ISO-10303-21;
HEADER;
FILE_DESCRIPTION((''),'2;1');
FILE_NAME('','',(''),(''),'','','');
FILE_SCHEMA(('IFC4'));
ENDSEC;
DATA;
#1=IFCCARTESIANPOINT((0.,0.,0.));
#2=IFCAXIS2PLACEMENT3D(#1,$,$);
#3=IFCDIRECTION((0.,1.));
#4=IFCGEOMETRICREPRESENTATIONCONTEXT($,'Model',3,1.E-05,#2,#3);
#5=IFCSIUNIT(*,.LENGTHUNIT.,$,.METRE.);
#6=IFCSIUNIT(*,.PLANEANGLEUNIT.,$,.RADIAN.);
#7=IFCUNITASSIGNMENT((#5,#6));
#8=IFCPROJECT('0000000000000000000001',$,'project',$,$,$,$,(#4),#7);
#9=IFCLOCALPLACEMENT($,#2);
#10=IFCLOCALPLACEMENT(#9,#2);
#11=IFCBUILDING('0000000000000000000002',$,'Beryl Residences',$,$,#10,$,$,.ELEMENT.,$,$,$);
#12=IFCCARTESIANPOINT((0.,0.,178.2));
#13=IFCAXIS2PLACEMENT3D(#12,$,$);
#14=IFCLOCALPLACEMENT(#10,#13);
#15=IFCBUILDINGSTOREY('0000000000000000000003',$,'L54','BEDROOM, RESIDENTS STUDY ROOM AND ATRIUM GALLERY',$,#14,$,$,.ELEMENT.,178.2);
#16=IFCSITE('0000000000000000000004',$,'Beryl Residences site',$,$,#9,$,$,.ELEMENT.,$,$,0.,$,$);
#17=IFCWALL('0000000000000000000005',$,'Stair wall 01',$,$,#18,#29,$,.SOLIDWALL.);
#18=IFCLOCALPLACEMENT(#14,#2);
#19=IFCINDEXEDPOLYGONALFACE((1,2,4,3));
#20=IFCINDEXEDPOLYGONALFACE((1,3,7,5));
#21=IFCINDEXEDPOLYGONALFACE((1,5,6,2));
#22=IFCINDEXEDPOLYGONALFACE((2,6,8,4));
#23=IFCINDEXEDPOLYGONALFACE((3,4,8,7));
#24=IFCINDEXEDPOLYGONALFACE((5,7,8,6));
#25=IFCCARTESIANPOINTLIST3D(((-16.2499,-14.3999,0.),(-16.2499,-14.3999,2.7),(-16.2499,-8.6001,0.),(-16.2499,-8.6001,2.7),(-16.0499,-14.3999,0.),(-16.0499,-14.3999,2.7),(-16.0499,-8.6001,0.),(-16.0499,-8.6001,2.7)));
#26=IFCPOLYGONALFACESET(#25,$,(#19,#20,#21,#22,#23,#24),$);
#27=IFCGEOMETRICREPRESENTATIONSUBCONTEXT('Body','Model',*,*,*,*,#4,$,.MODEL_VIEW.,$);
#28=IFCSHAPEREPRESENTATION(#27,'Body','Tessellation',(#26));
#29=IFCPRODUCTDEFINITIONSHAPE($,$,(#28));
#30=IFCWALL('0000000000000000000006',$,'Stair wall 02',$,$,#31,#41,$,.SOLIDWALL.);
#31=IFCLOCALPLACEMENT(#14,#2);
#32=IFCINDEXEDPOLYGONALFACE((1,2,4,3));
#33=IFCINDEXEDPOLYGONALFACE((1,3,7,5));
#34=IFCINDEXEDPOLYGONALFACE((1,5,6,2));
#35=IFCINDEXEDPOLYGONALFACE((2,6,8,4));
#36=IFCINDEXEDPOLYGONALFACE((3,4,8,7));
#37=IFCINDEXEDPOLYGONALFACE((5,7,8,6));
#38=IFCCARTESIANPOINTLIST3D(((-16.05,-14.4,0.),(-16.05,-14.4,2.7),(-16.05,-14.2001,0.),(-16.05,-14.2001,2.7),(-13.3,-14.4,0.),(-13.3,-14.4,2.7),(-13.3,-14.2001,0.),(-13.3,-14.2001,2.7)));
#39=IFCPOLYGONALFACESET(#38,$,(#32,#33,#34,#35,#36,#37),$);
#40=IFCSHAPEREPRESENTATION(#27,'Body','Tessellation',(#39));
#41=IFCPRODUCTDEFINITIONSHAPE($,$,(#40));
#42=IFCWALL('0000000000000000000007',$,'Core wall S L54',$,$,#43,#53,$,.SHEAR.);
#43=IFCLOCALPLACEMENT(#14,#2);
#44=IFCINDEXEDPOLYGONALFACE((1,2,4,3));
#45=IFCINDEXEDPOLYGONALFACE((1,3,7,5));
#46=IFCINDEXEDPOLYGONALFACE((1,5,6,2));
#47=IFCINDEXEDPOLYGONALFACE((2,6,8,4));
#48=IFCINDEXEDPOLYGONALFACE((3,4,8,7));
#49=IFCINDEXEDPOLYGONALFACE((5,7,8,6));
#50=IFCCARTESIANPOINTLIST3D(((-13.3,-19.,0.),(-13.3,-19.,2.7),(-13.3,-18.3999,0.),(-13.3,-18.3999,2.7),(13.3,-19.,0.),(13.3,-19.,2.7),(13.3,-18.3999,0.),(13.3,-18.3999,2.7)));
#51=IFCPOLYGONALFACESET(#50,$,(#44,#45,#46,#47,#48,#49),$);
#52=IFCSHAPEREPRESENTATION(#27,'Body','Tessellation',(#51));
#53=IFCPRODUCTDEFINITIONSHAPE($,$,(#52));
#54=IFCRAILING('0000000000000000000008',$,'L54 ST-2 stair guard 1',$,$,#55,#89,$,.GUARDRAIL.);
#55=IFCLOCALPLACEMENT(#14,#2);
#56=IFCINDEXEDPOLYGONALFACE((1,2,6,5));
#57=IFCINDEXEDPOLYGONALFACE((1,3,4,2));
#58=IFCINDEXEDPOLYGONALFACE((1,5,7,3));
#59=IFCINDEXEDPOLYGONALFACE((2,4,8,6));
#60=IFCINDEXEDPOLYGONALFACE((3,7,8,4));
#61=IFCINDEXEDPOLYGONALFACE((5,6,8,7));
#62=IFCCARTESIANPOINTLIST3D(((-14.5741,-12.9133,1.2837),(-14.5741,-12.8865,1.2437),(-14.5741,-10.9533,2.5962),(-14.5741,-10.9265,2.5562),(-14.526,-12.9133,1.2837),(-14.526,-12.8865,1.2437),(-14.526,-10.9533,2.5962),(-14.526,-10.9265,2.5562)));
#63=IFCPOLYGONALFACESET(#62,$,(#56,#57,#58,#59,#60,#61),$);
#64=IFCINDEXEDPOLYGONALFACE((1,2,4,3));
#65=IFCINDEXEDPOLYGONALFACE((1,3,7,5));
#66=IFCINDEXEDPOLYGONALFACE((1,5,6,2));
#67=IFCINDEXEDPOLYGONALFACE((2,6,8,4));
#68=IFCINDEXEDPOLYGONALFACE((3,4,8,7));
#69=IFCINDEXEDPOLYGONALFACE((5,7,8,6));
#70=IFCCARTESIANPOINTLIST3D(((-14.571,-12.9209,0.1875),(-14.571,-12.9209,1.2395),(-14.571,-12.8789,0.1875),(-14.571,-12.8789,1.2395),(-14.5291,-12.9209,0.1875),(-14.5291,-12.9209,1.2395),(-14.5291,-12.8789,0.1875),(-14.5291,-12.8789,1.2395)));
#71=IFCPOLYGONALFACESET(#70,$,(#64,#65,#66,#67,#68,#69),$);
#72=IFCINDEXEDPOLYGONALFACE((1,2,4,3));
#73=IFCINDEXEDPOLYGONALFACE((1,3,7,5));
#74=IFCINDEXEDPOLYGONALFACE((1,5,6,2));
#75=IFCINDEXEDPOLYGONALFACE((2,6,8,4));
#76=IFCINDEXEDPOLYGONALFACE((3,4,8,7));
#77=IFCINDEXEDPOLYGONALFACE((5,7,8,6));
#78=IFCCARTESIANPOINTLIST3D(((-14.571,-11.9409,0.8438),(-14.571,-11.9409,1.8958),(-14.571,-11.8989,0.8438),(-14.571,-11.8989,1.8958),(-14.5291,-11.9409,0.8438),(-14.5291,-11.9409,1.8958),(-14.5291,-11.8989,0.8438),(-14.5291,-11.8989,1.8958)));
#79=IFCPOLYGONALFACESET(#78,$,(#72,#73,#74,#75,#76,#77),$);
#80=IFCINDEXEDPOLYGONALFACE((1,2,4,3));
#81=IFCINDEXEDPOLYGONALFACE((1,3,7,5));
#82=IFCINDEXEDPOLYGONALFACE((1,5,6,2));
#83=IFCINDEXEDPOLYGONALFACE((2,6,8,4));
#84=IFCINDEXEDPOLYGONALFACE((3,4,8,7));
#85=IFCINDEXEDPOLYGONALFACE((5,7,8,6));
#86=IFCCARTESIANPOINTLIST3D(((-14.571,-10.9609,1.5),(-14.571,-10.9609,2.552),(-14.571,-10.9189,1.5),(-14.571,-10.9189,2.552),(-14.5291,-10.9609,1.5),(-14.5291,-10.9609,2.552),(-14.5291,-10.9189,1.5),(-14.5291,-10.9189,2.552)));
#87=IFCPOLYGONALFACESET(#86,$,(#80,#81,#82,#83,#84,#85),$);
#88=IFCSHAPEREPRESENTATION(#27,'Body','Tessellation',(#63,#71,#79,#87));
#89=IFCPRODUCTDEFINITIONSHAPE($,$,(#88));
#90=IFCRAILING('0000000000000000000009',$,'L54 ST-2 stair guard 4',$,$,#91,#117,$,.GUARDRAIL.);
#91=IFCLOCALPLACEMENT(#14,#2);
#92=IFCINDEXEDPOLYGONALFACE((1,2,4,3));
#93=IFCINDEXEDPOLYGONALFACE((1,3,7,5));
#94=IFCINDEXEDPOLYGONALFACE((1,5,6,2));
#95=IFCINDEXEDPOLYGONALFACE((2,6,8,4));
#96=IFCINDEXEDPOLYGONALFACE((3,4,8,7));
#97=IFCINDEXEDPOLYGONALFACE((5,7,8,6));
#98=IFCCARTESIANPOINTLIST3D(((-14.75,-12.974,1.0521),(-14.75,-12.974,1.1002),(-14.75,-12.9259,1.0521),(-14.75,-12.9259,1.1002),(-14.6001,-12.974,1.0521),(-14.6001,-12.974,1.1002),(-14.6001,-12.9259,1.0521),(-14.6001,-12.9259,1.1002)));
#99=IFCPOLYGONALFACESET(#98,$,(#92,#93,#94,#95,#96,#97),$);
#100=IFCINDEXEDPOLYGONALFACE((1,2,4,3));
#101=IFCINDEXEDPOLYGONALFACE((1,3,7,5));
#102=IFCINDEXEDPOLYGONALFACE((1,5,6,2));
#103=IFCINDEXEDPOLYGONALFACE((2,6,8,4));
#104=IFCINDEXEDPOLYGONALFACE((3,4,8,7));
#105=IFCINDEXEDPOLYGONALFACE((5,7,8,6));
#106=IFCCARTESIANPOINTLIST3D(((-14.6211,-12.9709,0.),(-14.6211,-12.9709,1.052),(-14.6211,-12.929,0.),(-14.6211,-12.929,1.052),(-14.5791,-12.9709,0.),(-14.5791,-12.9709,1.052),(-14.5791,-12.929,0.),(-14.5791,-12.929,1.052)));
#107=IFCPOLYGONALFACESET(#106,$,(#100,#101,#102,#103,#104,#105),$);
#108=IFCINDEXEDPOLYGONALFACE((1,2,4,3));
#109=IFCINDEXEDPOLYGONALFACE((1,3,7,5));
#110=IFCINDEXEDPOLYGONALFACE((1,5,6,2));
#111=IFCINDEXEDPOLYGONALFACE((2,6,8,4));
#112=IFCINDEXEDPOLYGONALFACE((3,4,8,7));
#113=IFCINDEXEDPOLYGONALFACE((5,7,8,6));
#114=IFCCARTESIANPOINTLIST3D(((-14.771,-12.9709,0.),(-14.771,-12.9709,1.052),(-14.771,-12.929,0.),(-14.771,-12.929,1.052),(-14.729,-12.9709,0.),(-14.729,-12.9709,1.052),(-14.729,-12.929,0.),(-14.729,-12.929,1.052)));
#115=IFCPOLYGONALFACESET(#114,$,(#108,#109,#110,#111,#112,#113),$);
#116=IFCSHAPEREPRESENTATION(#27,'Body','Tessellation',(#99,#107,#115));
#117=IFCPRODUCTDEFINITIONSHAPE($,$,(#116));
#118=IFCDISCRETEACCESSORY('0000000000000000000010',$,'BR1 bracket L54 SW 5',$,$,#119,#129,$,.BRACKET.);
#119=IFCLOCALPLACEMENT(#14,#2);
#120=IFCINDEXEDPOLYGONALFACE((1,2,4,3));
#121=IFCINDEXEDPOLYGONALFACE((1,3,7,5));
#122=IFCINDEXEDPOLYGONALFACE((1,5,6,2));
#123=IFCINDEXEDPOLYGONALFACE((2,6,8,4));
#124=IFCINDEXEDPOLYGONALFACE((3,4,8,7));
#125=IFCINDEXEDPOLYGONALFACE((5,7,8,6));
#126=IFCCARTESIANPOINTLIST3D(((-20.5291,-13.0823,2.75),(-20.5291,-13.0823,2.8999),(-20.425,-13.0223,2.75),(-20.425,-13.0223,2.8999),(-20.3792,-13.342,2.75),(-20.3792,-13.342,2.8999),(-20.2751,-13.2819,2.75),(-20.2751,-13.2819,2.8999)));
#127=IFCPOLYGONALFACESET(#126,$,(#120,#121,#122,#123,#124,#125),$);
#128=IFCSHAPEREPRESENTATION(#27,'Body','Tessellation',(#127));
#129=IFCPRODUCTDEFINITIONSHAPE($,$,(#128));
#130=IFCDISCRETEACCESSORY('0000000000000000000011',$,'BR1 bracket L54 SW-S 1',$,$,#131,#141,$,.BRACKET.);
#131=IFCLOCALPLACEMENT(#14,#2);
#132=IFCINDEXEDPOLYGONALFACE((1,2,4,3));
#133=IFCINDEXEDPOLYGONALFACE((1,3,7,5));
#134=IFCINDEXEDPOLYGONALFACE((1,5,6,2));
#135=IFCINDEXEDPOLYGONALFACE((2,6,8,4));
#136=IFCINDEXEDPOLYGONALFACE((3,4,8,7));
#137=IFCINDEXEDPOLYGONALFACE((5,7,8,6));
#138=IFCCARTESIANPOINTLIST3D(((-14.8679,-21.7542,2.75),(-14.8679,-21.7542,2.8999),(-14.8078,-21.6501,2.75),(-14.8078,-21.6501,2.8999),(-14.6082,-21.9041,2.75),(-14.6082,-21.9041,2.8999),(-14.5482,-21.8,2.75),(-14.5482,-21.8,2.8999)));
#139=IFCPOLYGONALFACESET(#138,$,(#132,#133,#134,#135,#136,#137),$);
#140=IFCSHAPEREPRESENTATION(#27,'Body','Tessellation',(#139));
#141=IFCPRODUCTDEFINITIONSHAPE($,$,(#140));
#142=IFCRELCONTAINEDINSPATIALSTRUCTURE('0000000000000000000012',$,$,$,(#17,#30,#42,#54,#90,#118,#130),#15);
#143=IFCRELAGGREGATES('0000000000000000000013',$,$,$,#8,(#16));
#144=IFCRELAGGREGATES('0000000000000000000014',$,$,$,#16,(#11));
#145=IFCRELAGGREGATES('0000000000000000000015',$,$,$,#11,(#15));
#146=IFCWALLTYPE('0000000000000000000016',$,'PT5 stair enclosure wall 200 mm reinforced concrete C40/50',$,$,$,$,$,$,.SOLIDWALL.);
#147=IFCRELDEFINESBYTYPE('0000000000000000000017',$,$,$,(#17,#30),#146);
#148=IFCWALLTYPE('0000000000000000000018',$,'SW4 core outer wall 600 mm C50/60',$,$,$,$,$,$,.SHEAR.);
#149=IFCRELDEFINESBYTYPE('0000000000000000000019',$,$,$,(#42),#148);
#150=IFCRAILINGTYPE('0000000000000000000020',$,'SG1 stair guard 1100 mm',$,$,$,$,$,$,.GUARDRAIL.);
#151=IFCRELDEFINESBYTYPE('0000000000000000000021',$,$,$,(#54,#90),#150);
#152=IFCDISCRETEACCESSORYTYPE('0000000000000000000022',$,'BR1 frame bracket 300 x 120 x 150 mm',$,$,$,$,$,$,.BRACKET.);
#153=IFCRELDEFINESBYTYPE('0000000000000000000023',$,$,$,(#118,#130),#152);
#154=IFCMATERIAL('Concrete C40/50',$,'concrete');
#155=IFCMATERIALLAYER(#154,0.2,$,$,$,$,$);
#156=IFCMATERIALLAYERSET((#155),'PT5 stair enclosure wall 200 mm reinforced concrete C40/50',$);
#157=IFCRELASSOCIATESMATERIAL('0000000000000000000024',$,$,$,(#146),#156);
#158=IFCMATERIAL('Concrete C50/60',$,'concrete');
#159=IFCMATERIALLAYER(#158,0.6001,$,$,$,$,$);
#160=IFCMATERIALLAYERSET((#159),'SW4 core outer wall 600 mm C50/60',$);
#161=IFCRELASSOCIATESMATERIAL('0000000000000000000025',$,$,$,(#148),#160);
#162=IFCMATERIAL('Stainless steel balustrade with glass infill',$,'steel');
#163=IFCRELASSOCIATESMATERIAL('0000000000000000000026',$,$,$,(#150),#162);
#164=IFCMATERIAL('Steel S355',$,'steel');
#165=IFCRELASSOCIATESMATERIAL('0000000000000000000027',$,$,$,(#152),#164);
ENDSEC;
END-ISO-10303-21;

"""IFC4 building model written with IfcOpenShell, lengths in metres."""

from ifc_helpers import new_model, si_unit, direction, frame, frame_2d, origin, origin_2d, place, context, subcontext, project, spatial, polyline, rectangle, outline, extrude, source, transform, mapped, material, layer, layer_set, type_object, type_shapes, element, save


model = new_model("IFC4")

# Units and contexts
model_context = context("Model", 3, precision=1e-05, world=origin(), true_north=direction((0.0, 1.0)))
body_context = subcontext(model_context, "Body", "Model", "MODEL_VIEW")
ifc_project = project(units=[si_unit("LENGTHUNIT", "METRE"), si_unit("PLANEANGLEUNIT", "RADIAN")], contexts=[model_context])

# Site, building, storey
site_placement = place(None, origin())
site = spatial("IfcSite", under=ifc_project, at=site_placement, Name="Beryl Residences site", CompositionType="ELEMENT", RefElevation=0.0)
building_placement = place(site_placement, origin())
building = spatial("IfcBuilding", under=site, at=building_placement, Name="Beryl Residences", CompositionType="ELEMENT")
storey_placement = place(building_placement, frame((0.0, 0.0, 178.2)))
storey = spatial("IfcBuildingStorey", under=building, at=storey_placement, Name="L54", Description="BEDROOM, RESIDENTS STUDY ROOM AND ATRIUM GALLERY", CompositionType="ELEMENT", Elevation=178.2)

# Walls
ifc_material_1 = material(Name="Concrete C40/50", Category="concrete")
ifc_layer_1 = layer(ifc_material_1, 0.2)
ifc_layer_set_1 = layer_set([ifc_layer_1], Name="PT5 stair enclosure wall 200 mm reinforced concrete C40/50")
wall_type_1 = type_object("IfcWallType", Name="PT5 stair enclosure wall 200 mm reinforced concrete C40/50", PredefinedType="SOLIDWALL", material=ifc_layer_set_1)
wall_1_placement = place(storey_placement, frame((-16.1499, -14.3999, 0.0), z_axis=(0.0, 0.0, 1.0), x_axis=(0.0, 1.0, 0.0)))
element("IfcWall", 1, at=wall_1_placement, inside=storey, type_object=wall_type_1, Name="Stair wall 01", PredefinedType="SOLIDWALL", context=body_context, shape_type="SweptSolid", body=[
    extrude(rectangle(XDim=5.7998, YDim=0.2, at=frame_2d((2.8999, 0.0))), origin(), (0.0, 0.0, 1.0), 2.7),
])
wall_2_placement = place(storey_placement, frame((-16.05, -14.3, 0.0), z_axis=(0.0, 0.0, 1.0), x_axis=(1.0, 0.0, 0.0)))
element("IfcWall", 2, at=wall_2_placement, inside=storey, type_object=wall_type_1, Name="Stair wall 02", PredefinedType="SOLIDWALL", context=body_context, shape_type="SweptSolid", body=[
    extrude(rectangle(XDim=2.75, YDim=0.2, at=frame_2d((1.375, 0.0))), origin(), (0.0, 0.0, 1.0), 2.7),
])
ifc_material_2 = material(Name="Concrete C50/60", Category="concrete")
ifc_layer_2 = layer(ifc_material_2, 0.6001)
ifc_layer_set_2 = layer_set([ifc_layer_2], Name="SW4 core outer wall 600 mm C50/60")
wall_type_2 = type_object("IfcWallType", Name="SW4 core outer wall 600 mm C50/60", PredefinedType="SHEAR", material=ifc_layer_set_2)
wall_3_placement = place(storey_placement, frame((-13.3, -18.7, 0.0), z_axis=(0.0, 0.0, 1.0), x_axis=(1.0, 0.0, 0.0)))
element("IfcWall", 3, at=wall_3_placement, inside=storey, type_object=wall_type_2, Name="Core wall S L54", PredefinedType="SHEAR", context=body_context, shape_type="SweptSolid", body=[
    extrude(rectangle(XDim=26.6001, YDim=0.6001, at=frame_2d((13.3, 0.0))), origin(), (0.0, 0.0, 1.0), 2.7),
])

# Railings
ifc_material_3 = material(Name="Stainless steel balustrade with glass infill", Category="steel")
railing_type = type_object("IfcRailingType", Name="SG1 stair guard 1100 mm", PredefinedType="GUARDRAIL", material=ifc_material_3)
railing_1_placement = place(storey_placement, frame((-14.55, -12.8999, 0.1875)))
element("IfcRailing", 4, at=railing_1_placement, inside=storey, type_object=railing_type, Name="L54 ST-2 stair guard 1", PredefinedType="GUARDRAIL", context=body_context, shape_type="SweptSolid", body=[
    extrude(rectangle(XDim=0.0481, YDim=0.0481, at=origin_2d()), frame((0.0, 0.0, 1.0762), z_axis=(0.0, 0.830902, 0.556419), x_axis=(-1.0, 0.0, 0.0)), (0.0, 0.0, 1.0), 2.3589),
    extrude(rectangle(XDim=0.042, YDim=0.042, at=origin_2d()), origin(), (0.0, 0.0, 1.0), 1.052),
    extrude(rectangle(XDim=0.042, YDim=0.042, at=origin_2d()), frame((0.0, 0.98, 0.6562)), (0.0, 0.0, 1.0), 1.052),
    extrude(rectangle(XDim=0.042, YDim=0.042, at=origin_2d()), frame((0.0, 1.96, 1.3125)), (0.0, 0.0, 1.0), 1.052),
])
railing_2_placement = place(storey_placement, frame((-14.6001, -12.95, 0.0)))
element("IfcRailing", 5, at=railing_2_placement, inside=storey, type_object=railing_type, Name="L54 ST-2 stair guard 4", PredefinedType="GUARDRAIL", context=body_context, shape_type="SweptSolid", body=[
    extrude(rectangle(XDim=0.0481, YDim=0.0481, at=origin_2d()), frame((0.0, 0.0, 1.0762), z_axis=(-1.0, 0.0, 0.0), x_axis=(0.0, -1.0, 0.0)), (0.0, 0.0, 1.0), 0.1499),
    extrude(rectangle(XDim=0.042, YDim=0.042, at=origin_2d()), origin(), (0.0, 0.0, 1.0), 1.052),
    extrude(rectangle(XDim=0.042, YDim=0.042, at=origin_2d()), frame((-0.1499, 0.0, 0.0)), (0.0, 0.0, 1.0), 1.052),
])

# Discrete accessories
ifc_material_4 = material(Name="Steel S355", Category="steel")
discrete_accessory_type = type_object("IfcDiscreteAccessoryType", Name="BR1 frame bracket 300 x 120 x 150 mm", PredefinedType="BRACKET", material=ifc_material_4)
shared_shape_1 = source(origin(), body_context, "Body", "SweptSolid", [
    extrude(outline(polyline([(-0.1499, 0.0), (0.1499, 0.0), (0.1499, 0.1201), (-0.1499, 0.1201), (-0.1499, 0.0)])), origin(), (0.0, 0.0, 1.0), 0.1499),
])
type_shapes(discrete_accessory_type, [shared_shape_1])
for number, where, z_axis, x_axis, name in (
    (6, (-20.3501, -13.1521, 2.75), (0.0, 0.0, 1.0), (-0.5, 0.866025, 0.0), "BR1 bracket L54 SW 5"),
    (7, (-14.678, -21.7251, 2.75), (0.0, 0.0, 1.0), (-0.866025, 0.5, 0.0), "BR1 bracket L54 SW-S 1"),
):
    element("IfcDiscreteAccessory", number, at=place(storey_placement, frame(where, z_axis=z_axis, x_axis=x_axis)), inside=storey, type_object=discrete_accessory_type, Name=name, PredefinedType="BRACKET", context=body_context, shape_type="MappedRepresentation", body=[
        mapped(shared_shape_1, transform((0.0, 0.0, 0.0))),
    ])

save(model, "model.ifc")
